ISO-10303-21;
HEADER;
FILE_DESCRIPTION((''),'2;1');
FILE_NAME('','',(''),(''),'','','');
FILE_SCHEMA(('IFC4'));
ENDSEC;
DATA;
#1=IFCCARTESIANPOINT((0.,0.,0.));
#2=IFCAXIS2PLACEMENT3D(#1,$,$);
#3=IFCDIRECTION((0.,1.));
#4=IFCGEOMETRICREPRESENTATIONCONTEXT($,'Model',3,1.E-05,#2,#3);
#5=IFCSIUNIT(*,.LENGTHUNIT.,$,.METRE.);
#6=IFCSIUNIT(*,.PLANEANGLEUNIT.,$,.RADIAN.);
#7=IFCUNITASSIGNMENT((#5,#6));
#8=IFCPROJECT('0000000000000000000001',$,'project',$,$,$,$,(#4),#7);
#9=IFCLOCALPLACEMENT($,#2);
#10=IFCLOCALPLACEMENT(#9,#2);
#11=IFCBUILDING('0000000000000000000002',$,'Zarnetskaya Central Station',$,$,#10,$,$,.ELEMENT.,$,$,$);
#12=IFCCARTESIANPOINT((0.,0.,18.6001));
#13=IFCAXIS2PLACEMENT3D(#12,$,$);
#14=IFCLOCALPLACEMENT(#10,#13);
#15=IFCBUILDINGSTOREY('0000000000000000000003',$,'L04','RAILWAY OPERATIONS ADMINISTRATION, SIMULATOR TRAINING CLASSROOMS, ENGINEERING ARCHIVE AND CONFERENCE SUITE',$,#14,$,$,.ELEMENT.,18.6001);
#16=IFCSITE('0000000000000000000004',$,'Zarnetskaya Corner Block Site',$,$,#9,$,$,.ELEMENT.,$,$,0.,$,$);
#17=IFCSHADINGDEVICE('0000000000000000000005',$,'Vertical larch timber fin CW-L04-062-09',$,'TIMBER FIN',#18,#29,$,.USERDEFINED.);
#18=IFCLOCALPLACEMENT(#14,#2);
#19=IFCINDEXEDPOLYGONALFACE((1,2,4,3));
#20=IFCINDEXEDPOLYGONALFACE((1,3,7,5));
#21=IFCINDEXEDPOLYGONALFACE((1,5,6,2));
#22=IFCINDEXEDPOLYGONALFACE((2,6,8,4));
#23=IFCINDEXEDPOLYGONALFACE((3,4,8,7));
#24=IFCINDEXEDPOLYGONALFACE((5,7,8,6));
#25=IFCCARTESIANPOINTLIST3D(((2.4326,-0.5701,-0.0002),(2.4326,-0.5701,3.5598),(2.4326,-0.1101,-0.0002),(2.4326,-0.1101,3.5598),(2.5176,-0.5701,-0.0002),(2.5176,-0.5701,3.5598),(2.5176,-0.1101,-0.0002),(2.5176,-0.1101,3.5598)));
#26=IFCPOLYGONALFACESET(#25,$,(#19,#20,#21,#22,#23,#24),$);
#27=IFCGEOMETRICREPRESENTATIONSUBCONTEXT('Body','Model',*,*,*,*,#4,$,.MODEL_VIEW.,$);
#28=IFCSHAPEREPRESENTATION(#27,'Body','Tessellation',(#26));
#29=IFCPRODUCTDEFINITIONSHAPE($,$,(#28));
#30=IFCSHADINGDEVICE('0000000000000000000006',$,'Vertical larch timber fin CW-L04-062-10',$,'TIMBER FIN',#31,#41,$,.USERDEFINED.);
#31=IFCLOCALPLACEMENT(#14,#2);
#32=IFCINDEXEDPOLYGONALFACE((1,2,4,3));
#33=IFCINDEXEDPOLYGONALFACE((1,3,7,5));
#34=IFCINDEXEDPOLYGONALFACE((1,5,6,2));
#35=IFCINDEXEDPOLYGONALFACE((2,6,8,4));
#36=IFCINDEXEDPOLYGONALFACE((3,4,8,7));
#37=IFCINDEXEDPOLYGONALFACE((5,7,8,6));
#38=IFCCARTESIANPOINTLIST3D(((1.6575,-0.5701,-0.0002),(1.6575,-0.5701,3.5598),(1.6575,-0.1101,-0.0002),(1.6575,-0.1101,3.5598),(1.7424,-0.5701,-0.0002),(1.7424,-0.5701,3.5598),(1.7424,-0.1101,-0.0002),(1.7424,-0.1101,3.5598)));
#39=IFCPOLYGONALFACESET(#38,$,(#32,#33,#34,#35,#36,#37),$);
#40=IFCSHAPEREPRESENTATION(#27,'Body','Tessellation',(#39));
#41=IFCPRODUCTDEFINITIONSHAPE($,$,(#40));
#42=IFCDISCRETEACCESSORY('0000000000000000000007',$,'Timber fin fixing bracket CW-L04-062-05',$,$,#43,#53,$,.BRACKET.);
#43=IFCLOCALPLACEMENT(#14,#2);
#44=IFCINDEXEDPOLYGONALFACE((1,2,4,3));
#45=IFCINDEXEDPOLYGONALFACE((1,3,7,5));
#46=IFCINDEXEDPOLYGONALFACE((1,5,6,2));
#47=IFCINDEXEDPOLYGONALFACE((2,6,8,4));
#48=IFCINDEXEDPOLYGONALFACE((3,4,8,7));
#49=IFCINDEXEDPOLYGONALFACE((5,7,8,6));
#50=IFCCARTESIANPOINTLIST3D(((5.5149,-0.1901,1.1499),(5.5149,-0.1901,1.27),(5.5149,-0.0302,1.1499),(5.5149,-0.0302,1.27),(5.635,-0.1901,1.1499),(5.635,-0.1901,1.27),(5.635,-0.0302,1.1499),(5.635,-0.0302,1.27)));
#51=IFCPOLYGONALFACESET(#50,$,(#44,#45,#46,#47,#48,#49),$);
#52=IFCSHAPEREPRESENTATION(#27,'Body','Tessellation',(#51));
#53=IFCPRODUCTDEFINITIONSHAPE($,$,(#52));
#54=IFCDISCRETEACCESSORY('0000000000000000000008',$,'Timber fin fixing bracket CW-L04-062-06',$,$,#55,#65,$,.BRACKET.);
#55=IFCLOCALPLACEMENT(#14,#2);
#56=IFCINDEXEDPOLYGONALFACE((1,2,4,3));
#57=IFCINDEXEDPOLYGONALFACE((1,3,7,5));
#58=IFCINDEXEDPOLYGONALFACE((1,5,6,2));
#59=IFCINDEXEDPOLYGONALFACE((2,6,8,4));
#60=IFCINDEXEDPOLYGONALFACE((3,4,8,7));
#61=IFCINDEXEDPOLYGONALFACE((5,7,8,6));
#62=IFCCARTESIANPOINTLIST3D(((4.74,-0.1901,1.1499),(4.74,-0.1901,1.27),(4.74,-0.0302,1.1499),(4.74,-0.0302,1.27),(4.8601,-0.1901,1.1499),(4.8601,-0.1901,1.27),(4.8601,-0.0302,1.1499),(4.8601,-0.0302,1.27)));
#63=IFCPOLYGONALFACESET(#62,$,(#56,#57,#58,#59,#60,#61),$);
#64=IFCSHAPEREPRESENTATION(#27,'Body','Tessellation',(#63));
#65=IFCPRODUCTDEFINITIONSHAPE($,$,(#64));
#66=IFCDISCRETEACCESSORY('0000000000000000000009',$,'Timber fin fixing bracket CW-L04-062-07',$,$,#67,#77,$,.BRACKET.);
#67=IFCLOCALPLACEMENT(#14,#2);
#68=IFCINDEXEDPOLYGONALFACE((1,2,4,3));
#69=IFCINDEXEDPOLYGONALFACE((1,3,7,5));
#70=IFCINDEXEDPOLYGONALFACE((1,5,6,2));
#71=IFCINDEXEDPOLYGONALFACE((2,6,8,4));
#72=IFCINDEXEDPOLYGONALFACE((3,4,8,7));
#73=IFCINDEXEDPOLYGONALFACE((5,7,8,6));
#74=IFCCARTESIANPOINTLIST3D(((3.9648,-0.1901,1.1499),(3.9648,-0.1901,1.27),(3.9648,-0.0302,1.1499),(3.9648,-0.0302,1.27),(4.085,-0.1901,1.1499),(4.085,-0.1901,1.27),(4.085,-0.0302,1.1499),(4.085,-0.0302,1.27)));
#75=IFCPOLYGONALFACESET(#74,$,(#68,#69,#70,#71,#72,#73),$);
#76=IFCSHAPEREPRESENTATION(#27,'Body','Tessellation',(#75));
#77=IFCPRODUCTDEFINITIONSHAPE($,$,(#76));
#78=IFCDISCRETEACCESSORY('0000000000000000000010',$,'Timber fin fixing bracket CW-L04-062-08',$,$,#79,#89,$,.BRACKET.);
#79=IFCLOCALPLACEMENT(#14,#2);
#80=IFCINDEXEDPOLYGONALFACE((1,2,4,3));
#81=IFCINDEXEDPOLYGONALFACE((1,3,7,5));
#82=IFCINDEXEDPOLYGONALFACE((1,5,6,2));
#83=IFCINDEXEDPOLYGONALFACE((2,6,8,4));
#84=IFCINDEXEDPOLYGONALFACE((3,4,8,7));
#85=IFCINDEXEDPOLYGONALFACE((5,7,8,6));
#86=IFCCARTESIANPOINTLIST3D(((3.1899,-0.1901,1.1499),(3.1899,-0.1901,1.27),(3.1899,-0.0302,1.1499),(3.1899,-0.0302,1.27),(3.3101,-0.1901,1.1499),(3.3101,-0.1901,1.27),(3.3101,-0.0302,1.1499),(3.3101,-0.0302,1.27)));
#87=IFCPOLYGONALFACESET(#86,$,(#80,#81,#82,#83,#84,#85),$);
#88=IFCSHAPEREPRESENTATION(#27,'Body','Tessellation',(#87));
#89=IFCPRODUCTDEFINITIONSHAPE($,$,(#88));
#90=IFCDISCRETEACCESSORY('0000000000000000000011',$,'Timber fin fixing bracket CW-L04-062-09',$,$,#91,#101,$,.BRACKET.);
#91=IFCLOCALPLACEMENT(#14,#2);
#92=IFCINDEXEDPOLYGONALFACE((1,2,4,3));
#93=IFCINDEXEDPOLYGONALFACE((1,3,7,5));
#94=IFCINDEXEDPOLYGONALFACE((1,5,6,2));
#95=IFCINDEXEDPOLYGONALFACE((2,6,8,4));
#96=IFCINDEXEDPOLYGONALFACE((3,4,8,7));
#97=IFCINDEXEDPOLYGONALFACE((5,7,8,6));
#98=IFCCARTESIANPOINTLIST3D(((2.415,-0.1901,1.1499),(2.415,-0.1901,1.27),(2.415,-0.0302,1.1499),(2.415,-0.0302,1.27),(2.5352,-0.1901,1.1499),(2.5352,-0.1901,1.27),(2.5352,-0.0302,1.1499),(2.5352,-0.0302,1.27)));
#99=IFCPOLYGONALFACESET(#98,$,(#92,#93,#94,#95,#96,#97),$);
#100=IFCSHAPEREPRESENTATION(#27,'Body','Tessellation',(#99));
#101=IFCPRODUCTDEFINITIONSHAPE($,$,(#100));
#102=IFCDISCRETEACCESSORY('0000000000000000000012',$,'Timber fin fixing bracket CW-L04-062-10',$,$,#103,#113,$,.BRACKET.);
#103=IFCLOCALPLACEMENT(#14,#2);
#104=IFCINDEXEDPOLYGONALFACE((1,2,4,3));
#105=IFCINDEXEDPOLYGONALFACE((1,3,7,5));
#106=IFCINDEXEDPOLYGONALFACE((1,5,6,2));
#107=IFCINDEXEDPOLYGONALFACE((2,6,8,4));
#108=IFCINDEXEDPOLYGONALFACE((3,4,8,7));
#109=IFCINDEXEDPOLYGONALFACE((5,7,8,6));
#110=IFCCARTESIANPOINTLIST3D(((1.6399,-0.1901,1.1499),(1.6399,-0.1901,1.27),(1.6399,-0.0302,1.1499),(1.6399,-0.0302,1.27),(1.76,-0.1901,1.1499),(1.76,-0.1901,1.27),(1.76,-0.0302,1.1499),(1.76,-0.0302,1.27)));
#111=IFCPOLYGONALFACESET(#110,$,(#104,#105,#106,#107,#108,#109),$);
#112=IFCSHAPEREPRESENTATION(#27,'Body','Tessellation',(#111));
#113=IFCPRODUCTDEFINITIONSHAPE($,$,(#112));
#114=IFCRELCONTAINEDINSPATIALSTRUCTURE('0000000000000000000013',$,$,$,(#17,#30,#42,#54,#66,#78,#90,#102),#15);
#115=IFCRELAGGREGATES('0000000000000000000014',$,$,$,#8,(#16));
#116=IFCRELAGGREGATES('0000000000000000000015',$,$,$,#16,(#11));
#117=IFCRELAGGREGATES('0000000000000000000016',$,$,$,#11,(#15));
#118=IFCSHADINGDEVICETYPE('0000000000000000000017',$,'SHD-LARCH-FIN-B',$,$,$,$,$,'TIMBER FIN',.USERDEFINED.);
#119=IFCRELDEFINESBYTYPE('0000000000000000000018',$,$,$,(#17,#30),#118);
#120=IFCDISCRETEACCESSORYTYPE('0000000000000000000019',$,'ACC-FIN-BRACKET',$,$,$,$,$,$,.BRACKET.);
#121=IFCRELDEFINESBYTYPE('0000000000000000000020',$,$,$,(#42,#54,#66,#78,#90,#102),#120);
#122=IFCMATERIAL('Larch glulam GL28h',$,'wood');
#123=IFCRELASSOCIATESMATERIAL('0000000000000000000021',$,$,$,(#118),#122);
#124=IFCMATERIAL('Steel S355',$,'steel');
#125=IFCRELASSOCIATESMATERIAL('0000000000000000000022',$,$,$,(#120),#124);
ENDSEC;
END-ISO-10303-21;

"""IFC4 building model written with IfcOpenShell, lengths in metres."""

from ifc_helpers import new_model, si_unit, direction, frame, origin, origin_2d, place, context, subcontext, project, spatial, rectangle, extrude, material, type_object, element, save


model = new_model("IFC4")

# Units and contexts
model_context = context("Model", 3, precision=1e-05, world=origin(), true_north=direction((0.0, 1.0)))
body_context = subcontext(model_context, "Body", "Model", "MODEL_VIEW")
ifc_project = project(units=[si_unit("LENGTHUNIT", "METRE"), si_unit("PLANEANGLEUNIT", "RADIAN")], contexts=[model_context])

# Site, building, storey
site_placement = place(None, origin())
site = spatial("IfcSite", under=ifc_project, at=site_placement, Name="Zarnetskaya Corner Block Site", CompositionType="ELEMENT", RefElevation=0.0)
building_placement = place(site_placement, origin())
building = spatial("IfcBuilding", under=site, at=building_placement, Name="Zarnetskaya Central Station", CompositionType="ELEMENT")
storey_placement = place(building_placement, frame((0.0, 0.0, 18.6001)))
storey = spatial("IfcBuildingStorey", under=building, at=storey_placement, Name="L04", Description="RAILWAY OPERATIONS ADMINISTRATION, SIMULATOR TRAINING CLASSROOMS, ENGINEERING ARCHIVE AND CONFERENCE SUITE", CompositionType="ELEMENT", Elevation=18.6001)

# Shading devices
ifc_material_1 = material(Name="Larch glulam GL28h", Category="wood")
shading_device_type = type_object("IfcShadingDeviceType", Name="SHD-LARCH-FIN-B", ElementType="TIMBER FIN", PredefinedType="USERDEFINED", material=ifc_material_1)
for number, where, z_axis, x_axis, name in (
    (1, (2.4751, -0.3401, -0.0002), (0.0, 0.0, 1.0), (-1.0, 0.0, 0.0), "Vertical larch timber fin CW-L04-062-09"),
    (2, (1.7, -0.3401, -0.0002), (0.0, 0.0, 1.0), (-1.0, 0.0, 0.0), "Vertical larch timber fin CW-L04-062-10"),
):
    element("IfcShadingDevice", number, at=place(storey_placement, frame(where, z_axis=z_axis, x_axis=x_axis)), inside=storey, type_object=shading_device_type, Name=name, ObjectType="TIMBER FIN", PredefinedType="USERDEFINED", context=body_context, shape_type="SweptSolid", body=[
        extrude(rectangle(XDim=0.085, YDim=0.46, at=origin_2d()), origin(), (0.0, 0.0, 1.0), 3.5601),
    ])

# Discrete accessories
ifc_material_2 = material(Name="Steel S355", Category="steel")
discrete_accessory_type = type_object("IfcDiscreteAccessoryType", Name="ACC-FIN-BRACKET", PredefinedType="BRACKET", material=ifc_material_2)
for number, where, z_axis, x_axis, name in (
    (3, (5.575, -0.1101, 1.1499), (0.0, 0.0, 1.0), (-1.0, 0.0, 0.0), "Timber fin fixing bracket CW-L04-062-05"),
    (4, (4.8, -0.1101, 1.1499), (0.0, 0.0, 1.0), (-1.0, 0.0, 0.0), "Timber fin fixing bracket CW-L04-062-06"),
    (5, (4.0249, -0.1101, 1.1499), (0.0, 0.0, 1.0), (-1.0, 0.0, 0.0), "Timber fin fixing bracket CW-L04-062-07"),
    (6, (3.25, -0.1101, 1.1499), (0.0, 0.0, 1.0), (-1.0, 0.0, 0.0), "Timber fin fixing bracket CW-L04-062-08"),
    (7, (2.4751, -0.1101, 1.1499), (0.0, 0.0, 1.0), (-1.0, 0.0, 0.0), "Timber fin fixing bracket CW-L04-062-09"),
    (8, (1.7, -0.1101, 1.1499), (0.0, 0.0, 1.0), (-1.0, 0.0, 0.0), "Timber fin fixing bracket CW-L04-062-10"),
):
    element("IfcDiscreteAccessory", number, at=place(storey_placement, frame(where, z_axis=z_axis, x_axis=x_axis)), inside=storey, type_object=discrete_accessory_type, Name=name, PredefinedType="BRACKET", context=body_context, shape_type="SweptSolid", body=[
        extrude(rectangle(XDim=0.1201, YDim=0.1599, at=origin_2d()), origin(), (0.0, 0.0, 1.0), 0.1201),
    ])

save(model, "model.ifc")
